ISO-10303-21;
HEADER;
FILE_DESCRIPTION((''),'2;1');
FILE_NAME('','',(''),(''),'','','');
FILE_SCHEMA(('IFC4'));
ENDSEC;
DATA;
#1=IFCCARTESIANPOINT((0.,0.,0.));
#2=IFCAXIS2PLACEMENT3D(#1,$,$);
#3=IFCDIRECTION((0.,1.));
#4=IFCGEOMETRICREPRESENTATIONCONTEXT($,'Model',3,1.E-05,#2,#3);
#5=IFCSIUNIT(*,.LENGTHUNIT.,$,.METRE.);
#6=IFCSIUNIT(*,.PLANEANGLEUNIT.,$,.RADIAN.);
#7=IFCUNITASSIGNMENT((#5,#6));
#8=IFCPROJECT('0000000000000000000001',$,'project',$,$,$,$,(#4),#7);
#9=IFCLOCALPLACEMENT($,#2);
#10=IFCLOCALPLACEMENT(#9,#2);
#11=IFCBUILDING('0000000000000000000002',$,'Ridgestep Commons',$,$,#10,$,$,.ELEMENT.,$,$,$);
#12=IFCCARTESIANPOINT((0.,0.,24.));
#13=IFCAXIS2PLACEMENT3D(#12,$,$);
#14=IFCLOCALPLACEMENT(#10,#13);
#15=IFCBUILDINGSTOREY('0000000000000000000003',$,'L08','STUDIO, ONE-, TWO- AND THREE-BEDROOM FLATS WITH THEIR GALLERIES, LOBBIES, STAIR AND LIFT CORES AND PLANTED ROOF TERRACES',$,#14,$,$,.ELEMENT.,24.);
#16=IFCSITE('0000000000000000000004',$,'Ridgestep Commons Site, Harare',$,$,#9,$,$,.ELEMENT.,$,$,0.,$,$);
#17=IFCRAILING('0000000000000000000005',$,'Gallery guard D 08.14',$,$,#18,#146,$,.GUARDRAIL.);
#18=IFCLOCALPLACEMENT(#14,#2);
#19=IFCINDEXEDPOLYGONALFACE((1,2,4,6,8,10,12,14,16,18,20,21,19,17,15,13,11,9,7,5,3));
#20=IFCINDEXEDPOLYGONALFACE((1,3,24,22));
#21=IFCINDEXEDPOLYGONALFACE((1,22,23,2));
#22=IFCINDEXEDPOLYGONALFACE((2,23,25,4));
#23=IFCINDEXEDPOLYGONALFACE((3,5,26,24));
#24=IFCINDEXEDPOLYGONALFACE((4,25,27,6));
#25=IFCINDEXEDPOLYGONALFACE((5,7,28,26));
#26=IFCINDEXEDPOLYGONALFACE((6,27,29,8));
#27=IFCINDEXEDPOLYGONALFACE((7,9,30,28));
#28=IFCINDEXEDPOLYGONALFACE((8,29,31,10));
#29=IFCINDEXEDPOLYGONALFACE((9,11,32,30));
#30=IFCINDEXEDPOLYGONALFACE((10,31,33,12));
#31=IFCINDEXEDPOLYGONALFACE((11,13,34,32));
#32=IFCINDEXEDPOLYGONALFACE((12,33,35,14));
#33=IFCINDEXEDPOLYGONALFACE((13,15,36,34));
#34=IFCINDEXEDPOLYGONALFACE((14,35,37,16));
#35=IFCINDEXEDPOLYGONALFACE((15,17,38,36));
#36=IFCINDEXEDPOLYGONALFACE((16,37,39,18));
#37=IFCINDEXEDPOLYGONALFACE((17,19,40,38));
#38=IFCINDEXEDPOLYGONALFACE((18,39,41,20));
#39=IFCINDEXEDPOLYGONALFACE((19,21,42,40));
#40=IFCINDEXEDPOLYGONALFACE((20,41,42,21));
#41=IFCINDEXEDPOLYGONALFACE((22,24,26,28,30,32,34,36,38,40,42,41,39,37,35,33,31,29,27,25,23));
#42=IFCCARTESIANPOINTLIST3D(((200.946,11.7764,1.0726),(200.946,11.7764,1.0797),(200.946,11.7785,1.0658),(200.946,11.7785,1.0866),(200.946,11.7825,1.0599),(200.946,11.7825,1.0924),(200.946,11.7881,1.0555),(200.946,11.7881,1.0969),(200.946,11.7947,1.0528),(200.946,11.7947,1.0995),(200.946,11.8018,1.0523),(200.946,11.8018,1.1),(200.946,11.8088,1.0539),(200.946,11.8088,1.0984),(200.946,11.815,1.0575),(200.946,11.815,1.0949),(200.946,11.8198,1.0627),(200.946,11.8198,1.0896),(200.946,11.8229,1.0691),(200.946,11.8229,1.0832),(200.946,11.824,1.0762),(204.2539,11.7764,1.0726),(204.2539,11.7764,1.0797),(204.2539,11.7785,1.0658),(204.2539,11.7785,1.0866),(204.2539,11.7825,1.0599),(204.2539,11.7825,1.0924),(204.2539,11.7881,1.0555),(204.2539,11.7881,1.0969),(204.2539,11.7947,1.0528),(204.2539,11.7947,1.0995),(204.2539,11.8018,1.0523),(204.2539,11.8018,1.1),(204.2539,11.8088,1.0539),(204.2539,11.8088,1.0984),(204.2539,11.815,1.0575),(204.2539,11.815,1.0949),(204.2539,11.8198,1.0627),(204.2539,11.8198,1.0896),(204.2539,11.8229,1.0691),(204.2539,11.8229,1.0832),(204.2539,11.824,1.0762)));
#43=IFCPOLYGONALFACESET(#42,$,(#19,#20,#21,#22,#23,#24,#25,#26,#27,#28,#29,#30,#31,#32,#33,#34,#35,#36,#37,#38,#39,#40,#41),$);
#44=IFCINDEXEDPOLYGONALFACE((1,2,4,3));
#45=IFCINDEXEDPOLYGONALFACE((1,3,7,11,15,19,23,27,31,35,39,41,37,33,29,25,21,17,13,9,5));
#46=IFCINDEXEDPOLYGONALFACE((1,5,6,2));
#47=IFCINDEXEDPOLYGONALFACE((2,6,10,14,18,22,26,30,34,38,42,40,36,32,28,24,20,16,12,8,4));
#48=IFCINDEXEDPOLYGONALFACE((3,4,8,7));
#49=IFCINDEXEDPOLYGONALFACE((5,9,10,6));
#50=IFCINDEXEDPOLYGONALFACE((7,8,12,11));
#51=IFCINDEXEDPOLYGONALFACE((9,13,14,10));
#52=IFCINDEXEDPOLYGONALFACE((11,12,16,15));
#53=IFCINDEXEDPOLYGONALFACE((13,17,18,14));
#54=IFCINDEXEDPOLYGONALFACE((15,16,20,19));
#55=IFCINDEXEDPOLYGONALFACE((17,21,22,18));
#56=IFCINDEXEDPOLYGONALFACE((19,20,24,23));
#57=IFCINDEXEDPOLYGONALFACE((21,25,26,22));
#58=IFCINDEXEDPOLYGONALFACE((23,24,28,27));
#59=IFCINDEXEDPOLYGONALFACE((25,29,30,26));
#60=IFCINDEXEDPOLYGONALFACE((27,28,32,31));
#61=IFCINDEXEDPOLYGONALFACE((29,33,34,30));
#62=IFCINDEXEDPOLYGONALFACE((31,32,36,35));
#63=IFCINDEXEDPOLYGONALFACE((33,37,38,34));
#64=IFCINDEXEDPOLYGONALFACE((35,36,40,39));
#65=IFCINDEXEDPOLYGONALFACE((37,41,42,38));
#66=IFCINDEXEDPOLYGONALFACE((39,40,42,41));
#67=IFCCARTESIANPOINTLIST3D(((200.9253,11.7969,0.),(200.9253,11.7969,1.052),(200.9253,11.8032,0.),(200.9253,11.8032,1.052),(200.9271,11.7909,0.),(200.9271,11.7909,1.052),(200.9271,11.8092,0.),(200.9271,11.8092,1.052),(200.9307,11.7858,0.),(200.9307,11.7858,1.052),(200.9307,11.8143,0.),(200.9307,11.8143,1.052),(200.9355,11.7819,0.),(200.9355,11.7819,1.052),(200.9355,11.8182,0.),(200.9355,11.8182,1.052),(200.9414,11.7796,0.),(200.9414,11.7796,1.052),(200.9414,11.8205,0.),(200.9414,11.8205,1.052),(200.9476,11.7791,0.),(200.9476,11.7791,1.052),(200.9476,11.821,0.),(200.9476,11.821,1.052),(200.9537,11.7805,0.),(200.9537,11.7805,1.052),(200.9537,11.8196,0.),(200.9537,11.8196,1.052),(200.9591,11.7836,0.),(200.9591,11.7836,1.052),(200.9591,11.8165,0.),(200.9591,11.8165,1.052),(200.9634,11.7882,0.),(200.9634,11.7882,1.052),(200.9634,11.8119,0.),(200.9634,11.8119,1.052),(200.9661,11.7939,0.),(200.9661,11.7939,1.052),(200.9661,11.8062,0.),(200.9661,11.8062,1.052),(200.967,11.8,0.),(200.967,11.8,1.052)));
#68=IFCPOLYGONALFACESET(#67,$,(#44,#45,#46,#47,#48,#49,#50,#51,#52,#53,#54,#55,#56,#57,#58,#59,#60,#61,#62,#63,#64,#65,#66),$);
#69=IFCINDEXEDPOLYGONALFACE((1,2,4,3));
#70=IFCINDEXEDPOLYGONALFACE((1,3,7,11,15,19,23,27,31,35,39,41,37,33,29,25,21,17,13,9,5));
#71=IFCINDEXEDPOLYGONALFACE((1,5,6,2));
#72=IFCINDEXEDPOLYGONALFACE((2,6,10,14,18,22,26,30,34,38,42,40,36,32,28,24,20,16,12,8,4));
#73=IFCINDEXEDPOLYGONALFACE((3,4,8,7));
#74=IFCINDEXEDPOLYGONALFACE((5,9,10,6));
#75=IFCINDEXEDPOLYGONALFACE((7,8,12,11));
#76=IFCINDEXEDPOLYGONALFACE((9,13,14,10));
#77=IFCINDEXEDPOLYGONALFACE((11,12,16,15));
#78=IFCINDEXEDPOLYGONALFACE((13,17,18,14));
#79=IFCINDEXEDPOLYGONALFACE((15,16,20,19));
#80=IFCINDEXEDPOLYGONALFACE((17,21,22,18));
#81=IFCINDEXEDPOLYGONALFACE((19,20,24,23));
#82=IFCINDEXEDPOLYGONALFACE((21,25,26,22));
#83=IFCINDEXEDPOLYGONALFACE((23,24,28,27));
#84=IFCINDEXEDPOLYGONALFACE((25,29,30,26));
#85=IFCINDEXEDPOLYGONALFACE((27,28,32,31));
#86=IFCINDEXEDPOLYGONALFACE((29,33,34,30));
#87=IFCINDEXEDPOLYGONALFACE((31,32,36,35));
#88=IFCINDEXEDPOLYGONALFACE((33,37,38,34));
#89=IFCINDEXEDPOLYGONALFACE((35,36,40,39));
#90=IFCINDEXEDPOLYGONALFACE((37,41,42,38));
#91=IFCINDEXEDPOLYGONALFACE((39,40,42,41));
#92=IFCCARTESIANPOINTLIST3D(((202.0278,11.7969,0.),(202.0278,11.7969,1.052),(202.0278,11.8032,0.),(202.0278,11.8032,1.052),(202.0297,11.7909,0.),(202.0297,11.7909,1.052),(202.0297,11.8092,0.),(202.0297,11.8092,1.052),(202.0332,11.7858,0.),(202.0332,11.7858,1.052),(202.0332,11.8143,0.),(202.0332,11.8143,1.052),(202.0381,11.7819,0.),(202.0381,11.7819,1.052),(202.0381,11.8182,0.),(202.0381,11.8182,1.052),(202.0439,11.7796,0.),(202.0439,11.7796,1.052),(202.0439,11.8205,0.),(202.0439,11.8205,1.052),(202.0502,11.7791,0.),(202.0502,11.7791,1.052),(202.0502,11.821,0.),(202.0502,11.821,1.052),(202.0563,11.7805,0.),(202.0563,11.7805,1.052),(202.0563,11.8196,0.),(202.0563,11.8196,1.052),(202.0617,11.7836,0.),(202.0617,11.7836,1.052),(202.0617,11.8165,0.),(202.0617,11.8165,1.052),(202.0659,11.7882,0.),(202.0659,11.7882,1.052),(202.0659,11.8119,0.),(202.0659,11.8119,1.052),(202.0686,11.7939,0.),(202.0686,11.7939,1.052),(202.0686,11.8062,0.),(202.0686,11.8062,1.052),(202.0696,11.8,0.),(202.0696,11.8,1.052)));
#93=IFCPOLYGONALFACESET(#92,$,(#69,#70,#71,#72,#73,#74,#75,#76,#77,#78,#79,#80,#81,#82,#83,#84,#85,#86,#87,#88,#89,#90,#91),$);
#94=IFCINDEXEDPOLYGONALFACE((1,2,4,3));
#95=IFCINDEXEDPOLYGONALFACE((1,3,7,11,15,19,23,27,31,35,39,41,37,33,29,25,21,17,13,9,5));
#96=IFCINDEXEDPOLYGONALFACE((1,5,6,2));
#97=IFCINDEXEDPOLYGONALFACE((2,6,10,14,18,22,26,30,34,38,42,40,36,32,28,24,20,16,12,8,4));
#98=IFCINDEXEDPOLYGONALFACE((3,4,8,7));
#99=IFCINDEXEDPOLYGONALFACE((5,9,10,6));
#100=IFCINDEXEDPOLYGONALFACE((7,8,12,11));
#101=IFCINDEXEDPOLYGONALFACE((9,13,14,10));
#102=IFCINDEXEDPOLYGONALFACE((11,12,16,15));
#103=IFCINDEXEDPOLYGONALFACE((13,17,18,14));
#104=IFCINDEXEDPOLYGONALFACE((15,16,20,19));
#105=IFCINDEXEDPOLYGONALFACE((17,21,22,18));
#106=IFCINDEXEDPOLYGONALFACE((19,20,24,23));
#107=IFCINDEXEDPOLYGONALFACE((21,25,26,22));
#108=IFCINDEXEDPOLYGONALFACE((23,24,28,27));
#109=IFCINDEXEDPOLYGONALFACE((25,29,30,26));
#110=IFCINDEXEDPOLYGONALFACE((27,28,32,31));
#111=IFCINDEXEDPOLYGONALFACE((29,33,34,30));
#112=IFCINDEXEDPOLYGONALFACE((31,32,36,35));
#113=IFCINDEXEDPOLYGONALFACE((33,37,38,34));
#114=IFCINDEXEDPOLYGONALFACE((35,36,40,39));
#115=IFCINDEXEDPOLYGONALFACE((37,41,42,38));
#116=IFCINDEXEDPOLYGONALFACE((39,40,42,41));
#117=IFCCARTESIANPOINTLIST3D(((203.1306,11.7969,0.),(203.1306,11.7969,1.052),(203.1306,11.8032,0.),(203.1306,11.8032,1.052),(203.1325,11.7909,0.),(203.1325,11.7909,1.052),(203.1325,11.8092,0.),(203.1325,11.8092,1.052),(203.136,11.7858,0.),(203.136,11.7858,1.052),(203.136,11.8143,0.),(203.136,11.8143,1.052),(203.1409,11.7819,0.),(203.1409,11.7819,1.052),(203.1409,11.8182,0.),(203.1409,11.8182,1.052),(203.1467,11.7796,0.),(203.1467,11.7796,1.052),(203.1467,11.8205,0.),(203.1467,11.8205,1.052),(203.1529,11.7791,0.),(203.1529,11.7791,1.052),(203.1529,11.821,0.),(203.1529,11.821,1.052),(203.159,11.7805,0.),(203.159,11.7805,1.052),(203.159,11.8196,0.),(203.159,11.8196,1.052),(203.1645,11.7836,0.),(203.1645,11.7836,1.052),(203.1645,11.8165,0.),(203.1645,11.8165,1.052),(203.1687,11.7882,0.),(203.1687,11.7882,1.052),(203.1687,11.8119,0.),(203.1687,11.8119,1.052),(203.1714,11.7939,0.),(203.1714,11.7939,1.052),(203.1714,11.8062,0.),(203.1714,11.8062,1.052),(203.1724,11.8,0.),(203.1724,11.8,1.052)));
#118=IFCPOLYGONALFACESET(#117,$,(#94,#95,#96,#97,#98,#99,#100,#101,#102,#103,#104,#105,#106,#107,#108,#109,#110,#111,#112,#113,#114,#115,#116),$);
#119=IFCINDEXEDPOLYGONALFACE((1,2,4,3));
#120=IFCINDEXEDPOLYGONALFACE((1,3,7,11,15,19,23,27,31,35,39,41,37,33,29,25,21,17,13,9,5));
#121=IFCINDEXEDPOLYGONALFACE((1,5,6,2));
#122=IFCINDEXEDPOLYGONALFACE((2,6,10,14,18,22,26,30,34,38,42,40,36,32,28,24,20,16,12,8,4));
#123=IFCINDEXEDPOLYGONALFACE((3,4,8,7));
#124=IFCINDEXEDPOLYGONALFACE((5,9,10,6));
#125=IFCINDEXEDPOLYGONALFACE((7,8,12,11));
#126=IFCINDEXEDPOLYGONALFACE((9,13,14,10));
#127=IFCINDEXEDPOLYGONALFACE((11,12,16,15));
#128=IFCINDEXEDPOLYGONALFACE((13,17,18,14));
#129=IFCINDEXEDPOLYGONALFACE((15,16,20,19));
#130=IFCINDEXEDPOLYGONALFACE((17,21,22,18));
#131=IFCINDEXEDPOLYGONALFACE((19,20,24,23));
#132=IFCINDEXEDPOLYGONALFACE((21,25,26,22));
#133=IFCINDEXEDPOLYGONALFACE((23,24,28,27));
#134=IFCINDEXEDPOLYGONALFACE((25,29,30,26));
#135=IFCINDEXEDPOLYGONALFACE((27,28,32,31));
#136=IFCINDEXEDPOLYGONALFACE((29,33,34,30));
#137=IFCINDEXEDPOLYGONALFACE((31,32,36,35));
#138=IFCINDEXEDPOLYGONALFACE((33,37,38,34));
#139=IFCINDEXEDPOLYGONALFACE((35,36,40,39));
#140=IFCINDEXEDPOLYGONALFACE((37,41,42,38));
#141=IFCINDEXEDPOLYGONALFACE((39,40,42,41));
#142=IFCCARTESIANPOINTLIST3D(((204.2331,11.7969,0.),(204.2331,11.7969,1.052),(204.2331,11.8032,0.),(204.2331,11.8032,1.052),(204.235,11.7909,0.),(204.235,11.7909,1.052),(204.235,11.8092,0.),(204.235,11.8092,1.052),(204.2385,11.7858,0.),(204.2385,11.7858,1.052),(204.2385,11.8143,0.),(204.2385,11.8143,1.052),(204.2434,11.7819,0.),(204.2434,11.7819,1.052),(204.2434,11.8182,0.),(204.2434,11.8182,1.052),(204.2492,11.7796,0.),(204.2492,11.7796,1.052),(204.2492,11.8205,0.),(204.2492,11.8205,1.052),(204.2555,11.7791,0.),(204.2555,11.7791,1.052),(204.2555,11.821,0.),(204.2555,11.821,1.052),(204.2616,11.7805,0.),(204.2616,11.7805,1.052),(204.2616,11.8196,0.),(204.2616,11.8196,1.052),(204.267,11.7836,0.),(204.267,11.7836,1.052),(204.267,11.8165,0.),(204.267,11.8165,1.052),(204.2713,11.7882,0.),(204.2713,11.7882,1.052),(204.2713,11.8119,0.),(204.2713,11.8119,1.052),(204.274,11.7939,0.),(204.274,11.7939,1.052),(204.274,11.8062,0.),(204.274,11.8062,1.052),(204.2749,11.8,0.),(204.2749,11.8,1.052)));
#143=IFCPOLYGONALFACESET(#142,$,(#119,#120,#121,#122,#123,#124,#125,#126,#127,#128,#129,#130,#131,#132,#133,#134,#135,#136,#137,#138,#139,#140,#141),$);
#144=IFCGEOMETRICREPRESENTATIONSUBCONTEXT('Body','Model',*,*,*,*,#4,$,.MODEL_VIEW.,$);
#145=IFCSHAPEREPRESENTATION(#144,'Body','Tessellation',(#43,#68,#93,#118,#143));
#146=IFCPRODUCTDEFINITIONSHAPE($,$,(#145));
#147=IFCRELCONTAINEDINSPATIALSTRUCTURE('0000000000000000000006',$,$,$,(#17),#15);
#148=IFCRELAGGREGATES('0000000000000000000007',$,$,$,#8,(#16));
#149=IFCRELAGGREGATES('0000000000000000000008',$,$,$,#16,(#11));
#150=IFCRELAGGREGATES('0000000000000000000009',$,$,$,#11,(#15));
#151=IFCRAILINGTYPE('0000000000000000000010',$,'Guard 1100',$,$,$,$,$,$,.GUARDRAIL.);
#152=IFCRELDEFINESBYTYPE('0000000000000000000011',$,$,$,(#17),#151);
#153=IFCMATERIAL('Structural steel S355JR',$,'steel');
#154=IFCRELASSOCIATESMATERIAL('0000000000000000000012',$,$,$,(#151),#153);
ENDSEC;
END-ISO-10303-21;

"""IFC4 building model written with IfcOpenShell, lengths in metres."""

from ifc_helpers import new_model, si_unit, direction, frame, origin, origin_2d, place, context, subcontext, project, spatial, circle, extrude, material, type_object, element, save


model = new_model("IFC4")

# Units and contexts
model_context = context("Model", 3, precision=1e-05, world=origin(), true_north=direction((0.0, 1.0)))
body_context = subcontext(model_context, "Body", "Model", "MODEL_VIEW")
ifc_project = project(units=[si_unit("LENGTHUNIT", "METRE"), si_unit("PLANEANGLEUNIT", "RADIAN")], contexts=[model_context])

# Site, building, storey
site_placement = place(None, origin())
site = spatial("IfcSite", under=ifc_project, at=site_placement, Name="Ridgestep Commons Site, Harare", CompositionType="ELEMENT", RefElevation=0.0)
building_placement = place(site_placement, origin())
building = spatial("IfcBuilding", under=site, at=building_placement, Name="Ridgestep Commons", CompositionType="ELEMENT")
storey_placement = place(building_placement, frame((0.0, 0.0, 24.0)))
storey = spatial("IfcBuildingStorey", under=building, at=storey_placement, Name="L08", Description="STUDIO, ONE-, TWO- AND THREE-BEDROOM FLATS WITH THEIR GALLERIES, LOBBIES, STAIR AND LIFT CORES AND PLANTED ROOF TERRACES", CompositionType="ELEMENT", Elevation=24.0)

# Railing
ifc_material_1 = material(Name="Structural steel S355JR", Category="steel")
railing_type = type_object("IfcRailingType", Name="Guard 1100", PredefinedType="GUARDRAIL", material=ifc_material_1)
railing_1_placement = place(storey_placement, frame((200.946, 11.8, 0.0)))
element("IfcRailing", 1, at=railing_1_placement, inside=storey, type_object=railing_type, Name="Gallery guard D 08.14", PredefinedType="GUARDRAIL", context=body_context, shape_type="SweptSolid", body=[
    extrude(circle(Radius=0.0239, at=origin_2d()), frame((0.0, 0.0, 1.0762), z_axis=(1.0, 0.0, 0.0), x_axis=(0.0, 1.0, 0.0)), (0.0, 0.0, 1.0), 3.3079),
    extrude(circle(Radius=0.021, at=origin_2d()), origin(), (0.0, 0.0, 1.0), 1.052),
    extrude(circle(Radius=0.021, at=origin_2d()), frame((1.1025, 0.0, 0.0)), (0.0, 0.0, 1.0), 1.052),
    extrude(circle(Radius=0.021, at=origin_2d()), frame((2.2053, 0.0, 0.0)), (0.0, 0.0, 1.0), 1.052),
    extrude(circle(Radius=0.021, at=origin_2d()), frame((3.3079, 0.0, 0.0)), (0.0, 0.0, 1.0), 1.052),
])

save(model, "model.ifc")
